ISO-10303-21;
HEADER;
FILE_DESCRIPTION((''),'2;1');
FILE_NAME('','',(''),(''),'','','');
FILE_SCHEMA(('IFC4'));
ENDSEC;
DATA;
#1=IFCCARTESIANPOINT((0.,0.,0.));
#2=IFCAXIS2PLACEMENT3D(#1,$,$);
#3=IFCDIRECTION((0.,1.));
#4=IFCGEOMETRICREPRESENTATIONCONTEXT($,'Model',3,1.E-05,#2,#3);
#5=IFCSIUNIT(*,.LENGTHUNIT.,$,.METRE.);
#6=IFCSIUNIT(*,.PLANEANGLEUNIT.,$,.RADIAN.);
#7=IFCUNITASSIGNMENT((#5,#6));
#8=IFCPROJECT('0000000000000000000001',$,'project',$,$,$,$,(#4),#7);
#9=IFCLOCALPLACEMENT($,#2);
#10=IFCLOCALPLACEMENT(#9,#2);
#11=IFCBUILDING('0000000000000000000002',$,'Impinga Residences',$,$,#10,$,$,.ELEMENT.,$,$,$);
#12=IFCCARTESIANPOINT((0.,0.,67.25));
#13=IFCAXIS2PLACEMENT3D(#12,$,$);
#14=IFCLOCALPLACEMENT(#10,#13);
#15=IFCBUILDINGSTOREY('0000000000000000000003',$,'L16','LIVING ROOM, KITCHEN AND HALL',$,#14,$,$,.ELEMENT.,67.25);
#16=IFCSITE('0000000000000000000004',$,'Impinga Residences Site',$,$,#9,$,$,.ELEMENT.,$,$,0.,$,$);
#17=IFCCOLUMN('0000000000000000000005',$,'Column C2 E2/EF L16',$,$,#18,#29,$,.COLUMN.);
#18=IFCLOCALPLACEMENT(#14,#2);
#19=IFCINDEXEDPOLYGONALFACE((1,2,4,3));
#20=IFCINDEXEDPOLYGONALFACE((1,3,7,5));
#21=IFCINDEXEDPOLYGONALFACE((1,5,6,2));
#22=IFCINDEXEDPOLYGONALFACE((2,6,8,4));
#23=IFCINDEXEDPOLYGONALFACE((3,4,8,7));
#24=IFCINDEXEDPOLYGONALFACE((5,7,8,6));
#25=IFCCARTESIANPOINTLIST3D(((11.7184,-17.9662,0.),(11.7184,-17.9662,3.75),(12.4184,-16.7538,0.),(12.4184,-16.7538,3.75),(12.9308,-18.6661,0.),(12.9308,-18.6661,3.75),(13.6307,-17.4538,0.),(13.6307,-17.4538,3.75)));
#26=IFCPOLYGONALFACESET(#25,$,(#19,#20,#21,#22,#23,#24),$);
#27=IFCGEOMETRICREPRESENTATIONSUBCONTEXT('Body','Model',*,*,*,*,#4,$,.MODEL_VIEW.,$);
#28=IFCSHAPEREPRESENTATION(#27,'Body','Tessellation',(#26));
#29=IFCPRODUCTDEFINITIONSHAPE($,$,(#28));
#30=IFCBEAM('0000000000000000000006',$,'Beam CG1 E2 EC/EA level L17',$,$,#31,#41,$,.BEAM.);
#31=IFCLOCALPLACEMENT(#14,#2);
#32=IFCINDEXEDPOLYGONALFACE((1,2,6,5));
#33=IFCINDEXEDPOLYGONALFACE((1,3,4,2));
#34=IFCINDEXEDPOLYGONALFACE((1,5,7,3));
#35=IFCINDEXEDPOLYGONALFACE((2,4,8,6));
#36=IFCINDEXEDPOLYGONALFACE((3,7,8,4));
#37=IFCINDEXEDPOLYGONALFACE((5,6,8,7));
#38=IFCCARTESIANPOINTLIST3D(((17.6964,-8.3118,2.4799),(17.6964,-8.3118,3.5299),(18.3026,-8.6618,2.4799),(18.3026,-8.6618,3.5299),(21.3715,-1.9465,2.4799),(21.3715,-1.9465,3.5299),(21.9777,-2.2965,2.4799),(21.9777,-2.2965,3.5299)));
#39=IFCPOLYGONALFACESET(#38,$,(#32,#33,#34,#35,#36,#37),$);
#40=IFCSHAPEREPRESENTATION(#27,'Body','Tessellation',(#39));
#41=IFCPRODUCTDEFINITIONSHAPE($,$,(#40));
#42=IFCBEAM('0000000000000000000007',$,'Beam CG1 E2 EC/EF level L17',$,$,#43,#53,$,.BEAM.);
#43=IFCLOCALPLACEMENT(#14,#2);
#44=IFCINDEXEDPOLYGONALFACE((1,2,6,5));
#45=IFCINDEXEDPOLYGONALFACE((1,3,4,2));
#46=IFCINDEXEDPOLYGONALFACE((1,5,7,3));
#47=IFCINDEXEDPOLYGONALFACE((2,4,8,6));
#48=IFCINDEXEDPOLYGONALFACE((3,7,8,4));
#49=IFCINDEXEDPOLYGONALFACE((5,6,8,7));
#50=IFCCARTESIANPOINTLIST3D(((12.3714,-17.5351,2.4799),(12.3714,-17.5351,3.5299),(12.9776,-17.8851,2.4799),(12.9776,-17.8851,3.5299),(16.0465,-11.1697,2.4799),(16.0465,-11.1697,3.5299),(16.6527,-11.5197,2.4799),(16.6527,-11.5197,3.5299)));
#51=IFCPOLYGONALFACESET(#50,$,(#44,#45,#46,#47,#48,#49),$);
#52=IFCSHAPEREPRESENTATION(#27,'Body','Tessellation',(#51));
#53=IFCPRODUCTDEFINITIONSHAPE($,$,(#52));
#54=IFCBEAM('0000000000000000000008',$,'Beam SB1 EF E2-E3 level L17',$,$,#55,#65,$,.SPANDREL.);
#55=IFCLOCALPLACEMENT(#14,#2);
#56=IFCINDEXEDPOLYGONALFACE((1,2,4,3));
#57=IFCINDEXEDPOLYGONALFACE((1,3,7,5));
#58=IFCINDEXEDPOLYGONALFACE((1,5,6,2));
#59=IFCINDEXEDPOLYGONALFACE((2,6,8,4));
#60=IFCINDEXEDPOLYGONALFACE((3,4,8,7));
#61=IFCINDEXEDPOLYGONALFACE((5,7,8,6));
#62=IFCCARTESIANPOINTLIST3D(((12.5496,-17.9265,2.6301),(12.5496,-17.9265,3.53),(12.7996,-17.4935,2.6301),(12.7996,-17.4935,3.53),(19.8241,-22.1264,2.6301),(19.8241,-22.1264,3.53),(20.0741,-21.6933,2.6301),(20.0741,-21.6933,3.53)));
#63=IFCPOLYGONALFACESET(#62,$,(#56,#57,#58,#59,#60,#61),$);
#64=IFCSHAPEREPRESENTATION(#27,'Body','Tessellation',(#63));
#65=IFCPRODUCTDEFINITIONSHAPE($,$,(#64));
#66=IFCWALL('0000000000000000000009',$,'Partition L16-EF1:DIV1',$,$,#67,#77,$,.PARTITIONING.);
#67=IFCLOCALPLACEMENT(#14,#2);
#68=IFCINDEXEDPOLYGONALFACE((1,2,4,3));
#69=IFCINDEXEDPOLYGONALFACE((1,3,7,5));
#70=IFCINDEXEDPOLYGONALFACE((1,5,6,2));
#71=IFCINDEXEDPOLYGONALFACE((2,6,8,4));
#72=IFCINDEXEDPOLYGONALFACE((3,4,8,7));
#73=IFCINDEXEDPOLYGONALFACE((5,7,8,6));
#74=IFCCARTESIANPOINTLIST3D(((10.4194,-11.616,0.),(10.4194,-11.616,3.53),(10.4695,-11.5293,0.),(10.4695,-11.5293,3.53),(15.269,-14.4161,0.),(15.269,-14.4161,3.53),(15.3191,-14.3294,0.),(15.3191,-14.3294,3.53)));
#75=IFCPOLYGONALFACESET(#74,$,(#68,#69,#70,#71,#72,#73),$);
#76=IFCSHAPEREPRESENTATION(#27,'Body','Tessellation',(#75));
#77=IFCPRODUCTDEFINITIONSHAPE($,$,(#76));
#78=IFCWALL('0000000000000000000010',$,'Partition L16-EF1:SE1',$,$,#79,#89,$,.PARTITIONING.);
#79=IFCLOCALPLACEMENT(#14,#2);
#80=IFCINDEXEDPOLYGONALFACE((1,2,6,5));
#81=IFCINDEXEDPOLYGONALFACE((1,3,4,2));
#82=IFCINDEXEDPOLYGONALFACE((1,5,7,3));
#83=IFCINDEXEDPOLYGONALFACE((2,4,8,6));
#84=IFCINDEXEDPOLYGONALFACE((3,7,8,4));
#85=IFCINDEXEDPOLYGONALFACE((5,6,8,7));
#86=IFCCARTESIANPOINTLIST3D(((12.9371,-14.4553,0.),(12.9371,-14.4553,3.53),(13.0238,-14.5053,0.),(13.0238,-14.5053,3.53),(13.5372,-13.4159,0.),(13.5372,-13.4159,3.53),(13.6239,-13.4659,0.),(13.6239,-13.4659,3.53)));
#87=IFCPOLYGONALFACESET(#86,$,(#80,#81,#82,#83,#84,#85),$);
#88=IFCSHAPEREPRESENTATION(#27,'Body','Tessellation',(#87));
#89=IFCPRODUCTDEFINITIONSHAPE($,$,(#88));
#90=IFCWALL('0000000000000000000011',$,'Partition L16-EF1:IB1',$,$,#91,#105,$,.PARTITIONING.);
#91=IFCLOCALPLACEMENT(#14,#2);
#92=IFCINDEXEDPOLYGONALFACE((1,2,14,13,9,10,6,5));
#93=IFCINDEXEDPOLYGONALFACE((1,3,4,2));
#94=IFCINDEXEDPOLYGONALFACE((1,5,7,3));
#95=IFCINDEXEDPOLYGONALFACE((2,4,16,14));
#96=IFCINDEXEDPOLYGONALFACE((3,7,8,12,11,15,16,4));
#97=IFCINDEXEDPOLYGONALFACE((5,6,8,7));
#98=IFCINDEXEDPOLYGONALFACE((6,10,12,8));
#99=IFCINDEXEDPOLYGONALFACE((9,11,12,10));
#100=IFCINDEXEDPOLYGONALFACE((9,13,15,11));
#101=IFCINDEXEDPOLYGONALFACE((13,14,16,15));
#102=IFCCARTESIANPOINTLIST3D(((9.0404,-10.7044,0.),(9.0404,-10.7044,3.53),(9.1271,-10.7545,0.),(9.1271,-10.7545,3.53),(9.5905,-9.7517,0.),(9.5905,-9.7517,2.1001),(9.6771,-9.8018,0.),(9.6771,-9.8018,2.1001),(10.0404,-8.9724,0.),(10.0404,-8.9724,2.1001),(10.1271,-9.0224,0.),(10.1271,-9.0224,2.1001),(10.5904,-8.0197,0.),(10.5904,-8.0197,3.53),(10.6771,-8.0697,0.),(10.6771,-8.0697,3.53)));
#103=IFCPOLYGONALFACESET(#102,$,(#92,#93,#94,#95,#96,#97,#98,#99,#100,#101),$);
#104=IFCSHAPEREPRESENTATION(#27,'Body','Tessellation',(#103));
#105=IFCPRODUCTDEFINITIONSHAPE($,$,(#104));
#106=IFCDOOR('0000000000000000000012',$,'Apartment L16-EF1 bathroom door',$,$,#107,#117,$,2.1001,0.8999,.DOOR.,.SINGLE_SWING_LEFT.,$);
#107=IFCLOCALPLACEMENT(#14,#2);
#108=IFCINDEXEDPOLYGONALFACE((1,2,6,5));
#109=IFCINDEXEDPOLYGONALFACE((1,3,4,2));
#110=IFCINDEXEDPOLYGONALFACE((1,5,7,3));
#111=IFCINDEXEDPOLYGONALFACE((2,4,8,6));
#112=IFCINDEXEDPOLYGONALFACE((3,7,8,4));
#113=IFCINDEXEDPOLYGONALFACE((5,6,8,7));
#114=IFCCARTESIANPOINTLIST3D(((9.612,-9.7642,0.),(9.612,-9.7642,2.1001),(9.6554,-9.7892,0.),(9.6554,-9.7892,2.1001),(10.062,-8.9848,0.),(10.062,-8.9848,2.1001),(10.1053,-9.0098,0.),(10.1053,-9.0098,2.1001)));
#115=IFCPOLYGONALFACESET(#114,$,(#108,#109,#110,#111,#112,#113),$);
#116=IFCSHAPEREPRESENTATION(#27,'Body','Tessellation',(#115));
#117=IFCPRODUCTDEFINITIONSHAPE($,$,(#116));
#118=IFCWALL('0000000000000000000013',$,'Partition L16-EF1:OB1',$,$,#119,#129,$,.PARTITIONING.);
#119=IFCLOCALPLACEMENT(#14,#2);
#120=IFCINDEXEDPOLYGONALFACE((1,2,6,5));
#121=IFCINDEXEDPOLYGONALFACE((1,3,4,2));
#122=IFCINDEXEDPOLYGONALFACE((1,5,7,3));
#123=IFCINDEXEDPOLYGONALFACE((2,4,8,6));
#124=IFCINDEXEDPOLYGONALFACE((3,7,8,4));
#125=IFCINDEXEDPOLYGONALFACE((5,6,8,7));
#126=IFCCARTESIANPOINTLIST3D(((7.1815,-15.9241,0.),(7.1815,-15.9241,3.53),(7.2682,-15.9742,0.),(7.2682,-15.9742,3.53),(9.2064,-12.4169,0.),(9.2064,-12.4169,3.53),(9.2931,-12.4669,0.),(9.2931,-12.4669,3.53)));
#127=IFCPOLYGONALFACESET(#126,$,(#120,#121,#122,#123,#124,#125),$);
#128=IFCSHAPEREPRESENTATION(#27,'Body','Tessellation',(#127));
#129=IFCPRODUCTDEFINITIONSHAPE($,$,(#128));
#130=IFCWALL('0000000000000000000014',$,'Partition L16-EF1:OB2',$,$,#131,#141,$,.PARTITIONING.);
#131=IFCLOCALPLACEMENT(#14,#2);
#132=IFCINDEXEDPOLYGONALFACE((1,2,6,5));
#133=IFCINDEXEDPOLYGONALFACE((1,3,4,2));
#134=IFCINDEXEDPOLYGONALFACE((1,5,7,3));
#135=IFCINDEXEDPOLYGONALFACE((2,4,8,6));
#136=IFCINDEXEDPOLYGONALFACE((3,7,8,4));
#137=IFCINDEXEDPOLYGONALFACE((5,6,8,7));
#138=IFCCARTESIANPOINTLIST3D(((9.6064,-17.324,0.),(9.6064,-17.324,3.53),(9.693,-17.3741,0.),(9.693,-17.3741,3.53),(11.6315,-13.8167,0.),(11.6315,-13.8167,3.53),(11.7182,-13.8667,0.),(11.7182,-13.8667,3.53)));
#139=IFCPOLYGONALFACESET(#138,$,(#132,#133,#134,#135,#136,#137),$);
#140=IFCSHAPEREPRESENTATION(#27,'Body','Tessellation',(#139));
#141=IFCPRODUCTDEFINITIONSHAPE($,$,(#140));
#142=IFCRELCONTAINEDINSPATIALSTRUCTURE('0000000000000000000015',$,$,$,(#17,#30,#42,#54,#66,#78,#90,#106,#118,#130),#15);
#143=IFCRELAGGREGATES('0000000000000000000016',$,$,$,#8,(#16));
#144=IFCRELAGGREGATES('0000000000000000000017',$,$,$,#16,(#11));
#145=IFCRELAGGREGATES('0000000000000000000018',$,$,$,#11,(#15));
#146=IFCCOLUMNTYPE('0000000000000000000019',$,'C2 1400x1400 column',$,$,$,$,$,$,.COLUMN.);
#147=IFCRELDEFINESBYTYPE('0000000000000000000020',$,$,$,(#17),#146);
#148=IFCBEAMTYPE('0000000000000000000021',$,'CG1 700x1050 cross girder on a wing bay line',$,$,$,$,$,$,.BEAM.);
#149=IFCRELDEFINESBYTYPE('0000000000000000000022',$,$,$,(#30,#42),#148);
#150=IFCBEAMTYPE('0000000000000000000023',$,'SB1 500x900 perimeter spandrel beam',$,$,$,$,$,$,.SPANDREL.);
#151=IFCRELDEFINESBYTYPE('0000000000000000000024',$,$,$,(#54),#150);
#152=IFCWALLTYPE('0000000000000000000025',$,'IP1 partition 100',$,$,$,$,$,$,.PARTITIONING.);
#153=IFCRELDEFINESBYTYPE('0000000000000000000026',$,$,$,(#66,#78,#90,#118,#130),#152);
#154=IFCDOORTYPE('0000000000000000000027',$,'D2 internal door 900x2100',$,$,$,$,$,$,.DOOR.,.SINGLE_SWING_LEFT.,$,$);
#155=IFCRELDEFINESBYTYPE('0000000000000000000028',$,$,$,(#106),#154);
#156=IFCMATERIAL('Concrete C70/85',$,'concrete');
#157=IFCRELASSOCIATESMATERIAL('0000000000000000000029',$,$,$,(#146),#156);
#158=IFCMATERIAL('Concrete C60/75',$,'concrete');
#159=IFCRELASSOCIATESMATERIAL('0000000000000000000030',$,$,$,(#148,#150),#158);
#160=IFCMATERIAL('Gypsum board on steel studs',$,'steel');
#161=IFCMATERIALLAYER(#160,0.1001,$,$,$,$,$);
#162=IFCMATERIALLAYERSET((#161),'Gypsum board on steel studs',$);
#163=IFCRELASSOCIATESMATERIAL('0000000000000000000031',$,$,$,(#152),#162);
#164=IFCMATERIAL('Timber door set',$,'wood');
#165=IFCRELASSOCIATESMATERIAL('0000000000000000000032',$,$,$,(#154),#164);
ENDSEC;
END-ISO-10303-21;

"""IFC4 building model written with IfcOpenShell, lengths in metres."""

from ifc_helpers import new_model, si_unit, direction, frame, frame_2d, origin, origin_2d, place, context, subcontext, project, spatial, rectangle, extrude, material, layer, layer_set, material_profile, profile_set, type_object, element, fill, save


model = new_model("IFC4")

# Units and contexts
model_context = context("Model", 3, precision=1e-05, world=origin(), true_north=direction((0.0, 1.0)))
body_context = subcontext(model_context, "Body", "Model", "MODEL_VIEW")
ifc_project = project(units=[si_unit("LENGTHUNIT", "METRE"), si_unit("PLANEANGLEUNIT", "RADIAN")], contexts=[model_context])

# Site, building, storey
site_placement = place(None, origin())
site = spatial("IfcSite", under=ifc_project, at=site_placement, Name="Impinga Residences Site", CompositionType="ELEMENT", RefElevation=0.0)
building_placement = place(site_placement, origin())
building = spatial("IfcBuilding", under=site, at=building_placement, Name="Impinga Residences", CompositionType="ELEMENT")
storey_placement = place(building_placement, frame((0.0, 0.0, 67.25)))
storey = spatial("IfcBuildingStorey", under=building, at=storey_placement, Name="L16", Description="LIVING ROOM, KITCHEN AND HALL", CompositionType="ELEMENT", Elevation=67.25)

# Column
ifc_material_1 = material(Name="Concrete C70/85", Category="concrete")
ifc_material_profile_1 = material_profile(ifc_material_1, rectangle(XDim=1.3999, YDim=1.3999, at=origin_2d()), Name="RC 1400x1400")
ifc_profile_set_1 = profile_set([ifc_material_profile_1], Name="Concrete C70/85")
column_type = type_object("IfcColumnType", Name="C2 1400x1400 column", PredefinedType="COLUMN", material=ifc_profile_set_1)
column_placement = place(storey_placement, frame((12.6746, -17.71, 0.0), z_axis=(0.0, 0.0, 1.0), x_axis=(-0.5, -0.866025, 0.0)))
element("IfcColumn", 1, at=column_placement, inside=storey, type_object=column_type, Name="Column C2 E2/EF L16", PredefinedType="COLUMN", context=body_context, shape_type="SweptSolid", body=[
    extrude(rectangle(XDim=1.3999, YDim=1.3999, at=origin_2d()), origin(), (0.0, 0.0, 1.0), 3.75),
])

# Beams
ifc_material_2 = material(Name="Concrete C60/75", Category="concrete")
ifc_material_profile_2 = material_profile(ifc_material_2, rectangle(XDim=0.7, YDim=1.05, at=origin_2d()), Name="RC 700x1050")
ifc_profile_set_2 = profile_set([ifc_material_profile_2], Name="Concrete C60/75")
beam_type_1 = type_object("IfcBeamType", Name="CG1 700x1050 cross girder on a wing bay line", PredefinedType="BEAM", material=ifc_profile_set_2)
for number, where, z_axis, x_axis, name in (
    (2, (17.9995, -8.4868, 3.0049), (0.500008, 0.866021, 0.0), (-0.866021, 0.500008, 0.0), "Beam CG1 E2 EC/EA level L17"),
    (3, (16.3496, -11.3447, 3.0049), (-0.500008, -0.866021, 0.0), (0.866021, -0.500008, 0.0), "Beam CG1 E2 EC/EF level L17"),
):
    element("IfcBeam", number, at=place(storey_placement, frame(where, z_axis=z_axis, x_axis=x_axis)), inside=storey, type_object=beam_type_1, Name=name, PredefinedType="BEAM", context=body_context, shape_type="SweptSolid", body=[
        extrude(rectangle(XDim=0.7, YDim=1.05, at=origin_2d()), origin(), (0.0, 0.0, 1.0), 7.3501),
    ])
ifc_material_profile_3 = material_profile(ifc_material_2, rectangle(XDim=0.5, YDim=0.8999, at=origin_2d()), Name="RC 500x900")
ifc_profile_set_3 = profile_set([ifc_material_profile_3], Name="Concrete C60/75")
beam_type_2 = type_object("IfcBeamType", Name="SB1 500x900 perimeter spandrel beam", PredefinedType="SPANDREL", material=ifc_profile_set_3)
beam_placement = place(storey_placement, frame((12.6746, -17.71, 3.0801), z_axis=(0.866029, -0.499993, 0.0), x_axis=(0.499993, 0.866029, 0.0)))
element("IfcBeam", 4, at=beam_placement, inside=storey, type_object=beam_type_2, Name="Beam SB1 EF E2-E3 level L17", PredefinedType="SPANDREL", context=body_context, shape_type="SweptSolid", body=[
    extrude(rectangle(XDim=0.5, YDim=0.8999, at=origin_2d()), origin(), (0.0, 0.0, 1.0), 8.3999),
])

# Walls
ifc_material_3 = material(Name="Gypsum board on steel studs", Category="steel")
ifc_layer_1 = layer(ifc_material_3, 0.1001)
ifc_layer_set_1 = layer_set([ifc_layer_1], Name="Gypsum board on steel studs")
wall_type_1 = type_object("IfcWallType", Name="IP1 partition 100", PredefinedType="PARTITIONING", material=ifc_layer_set_1)
wall_1_placement = place(storey_placement, frame((10.4446, -11.5728, 0.0), z_axis=(0.0, 0.0, 1.0), x_axis=(0.866016, -0.500017, 0.0)))
element("IfcWall", 5, at=wall_1_placement, inside=storey, type_object=wall_type_1, Name="Partition L16-EF1:DIV1", PredefinedType="PARTITIONING", context=body_context, shape_type="SweptSolid", body=[
    extrude(rectangle(XDim=5.5999, YDim=0.1001, at=frame_2d((2.7998, 0.0))), origin(), (0.0, 0.0, 1.0), 3.53),
])
wall_2_placement = place(storey_placement, frame((13.5806, -13.4409, 0.0), z_axis=(0.0, 0.0, 1.0), x_axis=(-0.500034, -0.866006, 0.0)))
element("IfcWall", 6, at=wall_2_placement, inside=storey, type_object=wall_type_1, Name="Partition L16-EF1:SE1", PredefinedType="PARTITIONING", context=body_context, shape_type="SweptSolid", body=[
    extrude(rectangle(XDim=1.2002, YDim=0.1001, at=frame_2d((0.6001, 0.0))), origin(), (0.0, 0.0, 1.0), 3.53),
])

# Wall, opening, door
wall_3_placement = place(storey_placement, frame((10.6338, -8.0447, 0.0), z_axis=(0.0, 0.0, 1.0), x_axis=(-0.499993, -0.86603, 0.0)))
wall_3 = element("IfcWall", 7, at=wall_3_placement, inside=storey, type_object=wall_type_1, Name="Partition L16-EF1:IB1", PredefinedType="PARTITIONING", context=body_context, shape_type="SweptSolid", body=[
    extrude(rectangle(XDim=3.1001, YDim=0.1001, at=frame_2d((1.55, 0.0))), origin(), (0.0, 0.0, 1.0), 3.53),
])
opening_1_placement = place(wall_3_placement, frame((1.1001, 0.0, 0.0)))
opening_1 = element("IfcOpeningElement", 8, at=opening_1_placement, cuts=wall_3, PredefinedType="OPENING", context=body_context, shape_type="SweptSolid", body=[
    extrude(rectangle(XDim=0.8999, YDim=2.1001, at=frame_2d((0.45, 1.05))), frame((0.0, 0.0601, 0.0), z_axis=(0.0, -1.0, 0.0), x_axis=(1.0, 0.0, 0.0)), (0.0, 0.0, 1.0), 0.1201),
])
ifc_material_4 = material(Name="Timber door set", Category="wood")
door_type = type_object("IfcDoorType", Name="D2 internal door 900x2100", OperationType="SINGLE_SWING_LEFT", PredefinedType="DOOR", material=ifc_material_4)
door_1_placement = place(opening_1_placement, origin())
door_1 = element("IfcDoor", 9, at=door_1_placement, inside=storey, type_object=door_type, Name="Apartment L16-EF1 bathroom door", OperationType="SINGLE_SWING_LEFT", OverallHeight=2.1001, OverallWidth=0.8999, PredefinedType="DOOR", context=body_context, shape_type="SweptSolid", body=[
    extrude(rectangle(XDim=0.8999, YDim=2.1001, at=frame_2d((0.45, 1.05))), frame((0.0, 0.0249, 0.0), z_axis=(0.0, -1.0, 0.0), x_axis=(1.0, 0.0, 0.0)), (0.0, 0.0, 1.0), 0.05),
])
fill(opening_1, door_1)

# Walls
wall_4_placement = place(storey_placement, frame((9.2498, -12.4419, 0.0), z_axis=(0.0, 0.0, 1.0), x_axis=(-0.49999, -0.866031, 0.0)))
element("IfcWall", 10, at=wall_4_placement, inside=storey, type_object=wall_type_1, Name="Partition L16-EF1:OB1", PredefinedType="PARTITIONING", context=body_context, shape_type="SweptSolid", body=[
    extrude(rectangle(XDim=4.0498, YDim=0.1001, at=frame_2d((2.0249, 0.0))), origin(), (0.0, 0.0, 1.0), 3.53),
])
wall_5_placement = place(storey_placement, frame((11.6748, -13.8418, 0.0), z_axis=(0.0, 0.0, 1.0), x_axis=(-0.500036, -0.866005, 0.0)))
element("IfcWall", 11, at=wall_5_placement, inside=storey, type_object=wall_type_1, Name="Partition L16-EF1:OB2", PredefinedType="PARTITIONING", context=body_context, shape_type="SweptSolid", body=[
    extrude(rectangle(XDim=4.05, YDim=0.1001, at=frame_2d((2.0249, 0.0))), origin(), (0.0, 0.0, 1.0), 3.53),
])

save(model, "model.ifc")
